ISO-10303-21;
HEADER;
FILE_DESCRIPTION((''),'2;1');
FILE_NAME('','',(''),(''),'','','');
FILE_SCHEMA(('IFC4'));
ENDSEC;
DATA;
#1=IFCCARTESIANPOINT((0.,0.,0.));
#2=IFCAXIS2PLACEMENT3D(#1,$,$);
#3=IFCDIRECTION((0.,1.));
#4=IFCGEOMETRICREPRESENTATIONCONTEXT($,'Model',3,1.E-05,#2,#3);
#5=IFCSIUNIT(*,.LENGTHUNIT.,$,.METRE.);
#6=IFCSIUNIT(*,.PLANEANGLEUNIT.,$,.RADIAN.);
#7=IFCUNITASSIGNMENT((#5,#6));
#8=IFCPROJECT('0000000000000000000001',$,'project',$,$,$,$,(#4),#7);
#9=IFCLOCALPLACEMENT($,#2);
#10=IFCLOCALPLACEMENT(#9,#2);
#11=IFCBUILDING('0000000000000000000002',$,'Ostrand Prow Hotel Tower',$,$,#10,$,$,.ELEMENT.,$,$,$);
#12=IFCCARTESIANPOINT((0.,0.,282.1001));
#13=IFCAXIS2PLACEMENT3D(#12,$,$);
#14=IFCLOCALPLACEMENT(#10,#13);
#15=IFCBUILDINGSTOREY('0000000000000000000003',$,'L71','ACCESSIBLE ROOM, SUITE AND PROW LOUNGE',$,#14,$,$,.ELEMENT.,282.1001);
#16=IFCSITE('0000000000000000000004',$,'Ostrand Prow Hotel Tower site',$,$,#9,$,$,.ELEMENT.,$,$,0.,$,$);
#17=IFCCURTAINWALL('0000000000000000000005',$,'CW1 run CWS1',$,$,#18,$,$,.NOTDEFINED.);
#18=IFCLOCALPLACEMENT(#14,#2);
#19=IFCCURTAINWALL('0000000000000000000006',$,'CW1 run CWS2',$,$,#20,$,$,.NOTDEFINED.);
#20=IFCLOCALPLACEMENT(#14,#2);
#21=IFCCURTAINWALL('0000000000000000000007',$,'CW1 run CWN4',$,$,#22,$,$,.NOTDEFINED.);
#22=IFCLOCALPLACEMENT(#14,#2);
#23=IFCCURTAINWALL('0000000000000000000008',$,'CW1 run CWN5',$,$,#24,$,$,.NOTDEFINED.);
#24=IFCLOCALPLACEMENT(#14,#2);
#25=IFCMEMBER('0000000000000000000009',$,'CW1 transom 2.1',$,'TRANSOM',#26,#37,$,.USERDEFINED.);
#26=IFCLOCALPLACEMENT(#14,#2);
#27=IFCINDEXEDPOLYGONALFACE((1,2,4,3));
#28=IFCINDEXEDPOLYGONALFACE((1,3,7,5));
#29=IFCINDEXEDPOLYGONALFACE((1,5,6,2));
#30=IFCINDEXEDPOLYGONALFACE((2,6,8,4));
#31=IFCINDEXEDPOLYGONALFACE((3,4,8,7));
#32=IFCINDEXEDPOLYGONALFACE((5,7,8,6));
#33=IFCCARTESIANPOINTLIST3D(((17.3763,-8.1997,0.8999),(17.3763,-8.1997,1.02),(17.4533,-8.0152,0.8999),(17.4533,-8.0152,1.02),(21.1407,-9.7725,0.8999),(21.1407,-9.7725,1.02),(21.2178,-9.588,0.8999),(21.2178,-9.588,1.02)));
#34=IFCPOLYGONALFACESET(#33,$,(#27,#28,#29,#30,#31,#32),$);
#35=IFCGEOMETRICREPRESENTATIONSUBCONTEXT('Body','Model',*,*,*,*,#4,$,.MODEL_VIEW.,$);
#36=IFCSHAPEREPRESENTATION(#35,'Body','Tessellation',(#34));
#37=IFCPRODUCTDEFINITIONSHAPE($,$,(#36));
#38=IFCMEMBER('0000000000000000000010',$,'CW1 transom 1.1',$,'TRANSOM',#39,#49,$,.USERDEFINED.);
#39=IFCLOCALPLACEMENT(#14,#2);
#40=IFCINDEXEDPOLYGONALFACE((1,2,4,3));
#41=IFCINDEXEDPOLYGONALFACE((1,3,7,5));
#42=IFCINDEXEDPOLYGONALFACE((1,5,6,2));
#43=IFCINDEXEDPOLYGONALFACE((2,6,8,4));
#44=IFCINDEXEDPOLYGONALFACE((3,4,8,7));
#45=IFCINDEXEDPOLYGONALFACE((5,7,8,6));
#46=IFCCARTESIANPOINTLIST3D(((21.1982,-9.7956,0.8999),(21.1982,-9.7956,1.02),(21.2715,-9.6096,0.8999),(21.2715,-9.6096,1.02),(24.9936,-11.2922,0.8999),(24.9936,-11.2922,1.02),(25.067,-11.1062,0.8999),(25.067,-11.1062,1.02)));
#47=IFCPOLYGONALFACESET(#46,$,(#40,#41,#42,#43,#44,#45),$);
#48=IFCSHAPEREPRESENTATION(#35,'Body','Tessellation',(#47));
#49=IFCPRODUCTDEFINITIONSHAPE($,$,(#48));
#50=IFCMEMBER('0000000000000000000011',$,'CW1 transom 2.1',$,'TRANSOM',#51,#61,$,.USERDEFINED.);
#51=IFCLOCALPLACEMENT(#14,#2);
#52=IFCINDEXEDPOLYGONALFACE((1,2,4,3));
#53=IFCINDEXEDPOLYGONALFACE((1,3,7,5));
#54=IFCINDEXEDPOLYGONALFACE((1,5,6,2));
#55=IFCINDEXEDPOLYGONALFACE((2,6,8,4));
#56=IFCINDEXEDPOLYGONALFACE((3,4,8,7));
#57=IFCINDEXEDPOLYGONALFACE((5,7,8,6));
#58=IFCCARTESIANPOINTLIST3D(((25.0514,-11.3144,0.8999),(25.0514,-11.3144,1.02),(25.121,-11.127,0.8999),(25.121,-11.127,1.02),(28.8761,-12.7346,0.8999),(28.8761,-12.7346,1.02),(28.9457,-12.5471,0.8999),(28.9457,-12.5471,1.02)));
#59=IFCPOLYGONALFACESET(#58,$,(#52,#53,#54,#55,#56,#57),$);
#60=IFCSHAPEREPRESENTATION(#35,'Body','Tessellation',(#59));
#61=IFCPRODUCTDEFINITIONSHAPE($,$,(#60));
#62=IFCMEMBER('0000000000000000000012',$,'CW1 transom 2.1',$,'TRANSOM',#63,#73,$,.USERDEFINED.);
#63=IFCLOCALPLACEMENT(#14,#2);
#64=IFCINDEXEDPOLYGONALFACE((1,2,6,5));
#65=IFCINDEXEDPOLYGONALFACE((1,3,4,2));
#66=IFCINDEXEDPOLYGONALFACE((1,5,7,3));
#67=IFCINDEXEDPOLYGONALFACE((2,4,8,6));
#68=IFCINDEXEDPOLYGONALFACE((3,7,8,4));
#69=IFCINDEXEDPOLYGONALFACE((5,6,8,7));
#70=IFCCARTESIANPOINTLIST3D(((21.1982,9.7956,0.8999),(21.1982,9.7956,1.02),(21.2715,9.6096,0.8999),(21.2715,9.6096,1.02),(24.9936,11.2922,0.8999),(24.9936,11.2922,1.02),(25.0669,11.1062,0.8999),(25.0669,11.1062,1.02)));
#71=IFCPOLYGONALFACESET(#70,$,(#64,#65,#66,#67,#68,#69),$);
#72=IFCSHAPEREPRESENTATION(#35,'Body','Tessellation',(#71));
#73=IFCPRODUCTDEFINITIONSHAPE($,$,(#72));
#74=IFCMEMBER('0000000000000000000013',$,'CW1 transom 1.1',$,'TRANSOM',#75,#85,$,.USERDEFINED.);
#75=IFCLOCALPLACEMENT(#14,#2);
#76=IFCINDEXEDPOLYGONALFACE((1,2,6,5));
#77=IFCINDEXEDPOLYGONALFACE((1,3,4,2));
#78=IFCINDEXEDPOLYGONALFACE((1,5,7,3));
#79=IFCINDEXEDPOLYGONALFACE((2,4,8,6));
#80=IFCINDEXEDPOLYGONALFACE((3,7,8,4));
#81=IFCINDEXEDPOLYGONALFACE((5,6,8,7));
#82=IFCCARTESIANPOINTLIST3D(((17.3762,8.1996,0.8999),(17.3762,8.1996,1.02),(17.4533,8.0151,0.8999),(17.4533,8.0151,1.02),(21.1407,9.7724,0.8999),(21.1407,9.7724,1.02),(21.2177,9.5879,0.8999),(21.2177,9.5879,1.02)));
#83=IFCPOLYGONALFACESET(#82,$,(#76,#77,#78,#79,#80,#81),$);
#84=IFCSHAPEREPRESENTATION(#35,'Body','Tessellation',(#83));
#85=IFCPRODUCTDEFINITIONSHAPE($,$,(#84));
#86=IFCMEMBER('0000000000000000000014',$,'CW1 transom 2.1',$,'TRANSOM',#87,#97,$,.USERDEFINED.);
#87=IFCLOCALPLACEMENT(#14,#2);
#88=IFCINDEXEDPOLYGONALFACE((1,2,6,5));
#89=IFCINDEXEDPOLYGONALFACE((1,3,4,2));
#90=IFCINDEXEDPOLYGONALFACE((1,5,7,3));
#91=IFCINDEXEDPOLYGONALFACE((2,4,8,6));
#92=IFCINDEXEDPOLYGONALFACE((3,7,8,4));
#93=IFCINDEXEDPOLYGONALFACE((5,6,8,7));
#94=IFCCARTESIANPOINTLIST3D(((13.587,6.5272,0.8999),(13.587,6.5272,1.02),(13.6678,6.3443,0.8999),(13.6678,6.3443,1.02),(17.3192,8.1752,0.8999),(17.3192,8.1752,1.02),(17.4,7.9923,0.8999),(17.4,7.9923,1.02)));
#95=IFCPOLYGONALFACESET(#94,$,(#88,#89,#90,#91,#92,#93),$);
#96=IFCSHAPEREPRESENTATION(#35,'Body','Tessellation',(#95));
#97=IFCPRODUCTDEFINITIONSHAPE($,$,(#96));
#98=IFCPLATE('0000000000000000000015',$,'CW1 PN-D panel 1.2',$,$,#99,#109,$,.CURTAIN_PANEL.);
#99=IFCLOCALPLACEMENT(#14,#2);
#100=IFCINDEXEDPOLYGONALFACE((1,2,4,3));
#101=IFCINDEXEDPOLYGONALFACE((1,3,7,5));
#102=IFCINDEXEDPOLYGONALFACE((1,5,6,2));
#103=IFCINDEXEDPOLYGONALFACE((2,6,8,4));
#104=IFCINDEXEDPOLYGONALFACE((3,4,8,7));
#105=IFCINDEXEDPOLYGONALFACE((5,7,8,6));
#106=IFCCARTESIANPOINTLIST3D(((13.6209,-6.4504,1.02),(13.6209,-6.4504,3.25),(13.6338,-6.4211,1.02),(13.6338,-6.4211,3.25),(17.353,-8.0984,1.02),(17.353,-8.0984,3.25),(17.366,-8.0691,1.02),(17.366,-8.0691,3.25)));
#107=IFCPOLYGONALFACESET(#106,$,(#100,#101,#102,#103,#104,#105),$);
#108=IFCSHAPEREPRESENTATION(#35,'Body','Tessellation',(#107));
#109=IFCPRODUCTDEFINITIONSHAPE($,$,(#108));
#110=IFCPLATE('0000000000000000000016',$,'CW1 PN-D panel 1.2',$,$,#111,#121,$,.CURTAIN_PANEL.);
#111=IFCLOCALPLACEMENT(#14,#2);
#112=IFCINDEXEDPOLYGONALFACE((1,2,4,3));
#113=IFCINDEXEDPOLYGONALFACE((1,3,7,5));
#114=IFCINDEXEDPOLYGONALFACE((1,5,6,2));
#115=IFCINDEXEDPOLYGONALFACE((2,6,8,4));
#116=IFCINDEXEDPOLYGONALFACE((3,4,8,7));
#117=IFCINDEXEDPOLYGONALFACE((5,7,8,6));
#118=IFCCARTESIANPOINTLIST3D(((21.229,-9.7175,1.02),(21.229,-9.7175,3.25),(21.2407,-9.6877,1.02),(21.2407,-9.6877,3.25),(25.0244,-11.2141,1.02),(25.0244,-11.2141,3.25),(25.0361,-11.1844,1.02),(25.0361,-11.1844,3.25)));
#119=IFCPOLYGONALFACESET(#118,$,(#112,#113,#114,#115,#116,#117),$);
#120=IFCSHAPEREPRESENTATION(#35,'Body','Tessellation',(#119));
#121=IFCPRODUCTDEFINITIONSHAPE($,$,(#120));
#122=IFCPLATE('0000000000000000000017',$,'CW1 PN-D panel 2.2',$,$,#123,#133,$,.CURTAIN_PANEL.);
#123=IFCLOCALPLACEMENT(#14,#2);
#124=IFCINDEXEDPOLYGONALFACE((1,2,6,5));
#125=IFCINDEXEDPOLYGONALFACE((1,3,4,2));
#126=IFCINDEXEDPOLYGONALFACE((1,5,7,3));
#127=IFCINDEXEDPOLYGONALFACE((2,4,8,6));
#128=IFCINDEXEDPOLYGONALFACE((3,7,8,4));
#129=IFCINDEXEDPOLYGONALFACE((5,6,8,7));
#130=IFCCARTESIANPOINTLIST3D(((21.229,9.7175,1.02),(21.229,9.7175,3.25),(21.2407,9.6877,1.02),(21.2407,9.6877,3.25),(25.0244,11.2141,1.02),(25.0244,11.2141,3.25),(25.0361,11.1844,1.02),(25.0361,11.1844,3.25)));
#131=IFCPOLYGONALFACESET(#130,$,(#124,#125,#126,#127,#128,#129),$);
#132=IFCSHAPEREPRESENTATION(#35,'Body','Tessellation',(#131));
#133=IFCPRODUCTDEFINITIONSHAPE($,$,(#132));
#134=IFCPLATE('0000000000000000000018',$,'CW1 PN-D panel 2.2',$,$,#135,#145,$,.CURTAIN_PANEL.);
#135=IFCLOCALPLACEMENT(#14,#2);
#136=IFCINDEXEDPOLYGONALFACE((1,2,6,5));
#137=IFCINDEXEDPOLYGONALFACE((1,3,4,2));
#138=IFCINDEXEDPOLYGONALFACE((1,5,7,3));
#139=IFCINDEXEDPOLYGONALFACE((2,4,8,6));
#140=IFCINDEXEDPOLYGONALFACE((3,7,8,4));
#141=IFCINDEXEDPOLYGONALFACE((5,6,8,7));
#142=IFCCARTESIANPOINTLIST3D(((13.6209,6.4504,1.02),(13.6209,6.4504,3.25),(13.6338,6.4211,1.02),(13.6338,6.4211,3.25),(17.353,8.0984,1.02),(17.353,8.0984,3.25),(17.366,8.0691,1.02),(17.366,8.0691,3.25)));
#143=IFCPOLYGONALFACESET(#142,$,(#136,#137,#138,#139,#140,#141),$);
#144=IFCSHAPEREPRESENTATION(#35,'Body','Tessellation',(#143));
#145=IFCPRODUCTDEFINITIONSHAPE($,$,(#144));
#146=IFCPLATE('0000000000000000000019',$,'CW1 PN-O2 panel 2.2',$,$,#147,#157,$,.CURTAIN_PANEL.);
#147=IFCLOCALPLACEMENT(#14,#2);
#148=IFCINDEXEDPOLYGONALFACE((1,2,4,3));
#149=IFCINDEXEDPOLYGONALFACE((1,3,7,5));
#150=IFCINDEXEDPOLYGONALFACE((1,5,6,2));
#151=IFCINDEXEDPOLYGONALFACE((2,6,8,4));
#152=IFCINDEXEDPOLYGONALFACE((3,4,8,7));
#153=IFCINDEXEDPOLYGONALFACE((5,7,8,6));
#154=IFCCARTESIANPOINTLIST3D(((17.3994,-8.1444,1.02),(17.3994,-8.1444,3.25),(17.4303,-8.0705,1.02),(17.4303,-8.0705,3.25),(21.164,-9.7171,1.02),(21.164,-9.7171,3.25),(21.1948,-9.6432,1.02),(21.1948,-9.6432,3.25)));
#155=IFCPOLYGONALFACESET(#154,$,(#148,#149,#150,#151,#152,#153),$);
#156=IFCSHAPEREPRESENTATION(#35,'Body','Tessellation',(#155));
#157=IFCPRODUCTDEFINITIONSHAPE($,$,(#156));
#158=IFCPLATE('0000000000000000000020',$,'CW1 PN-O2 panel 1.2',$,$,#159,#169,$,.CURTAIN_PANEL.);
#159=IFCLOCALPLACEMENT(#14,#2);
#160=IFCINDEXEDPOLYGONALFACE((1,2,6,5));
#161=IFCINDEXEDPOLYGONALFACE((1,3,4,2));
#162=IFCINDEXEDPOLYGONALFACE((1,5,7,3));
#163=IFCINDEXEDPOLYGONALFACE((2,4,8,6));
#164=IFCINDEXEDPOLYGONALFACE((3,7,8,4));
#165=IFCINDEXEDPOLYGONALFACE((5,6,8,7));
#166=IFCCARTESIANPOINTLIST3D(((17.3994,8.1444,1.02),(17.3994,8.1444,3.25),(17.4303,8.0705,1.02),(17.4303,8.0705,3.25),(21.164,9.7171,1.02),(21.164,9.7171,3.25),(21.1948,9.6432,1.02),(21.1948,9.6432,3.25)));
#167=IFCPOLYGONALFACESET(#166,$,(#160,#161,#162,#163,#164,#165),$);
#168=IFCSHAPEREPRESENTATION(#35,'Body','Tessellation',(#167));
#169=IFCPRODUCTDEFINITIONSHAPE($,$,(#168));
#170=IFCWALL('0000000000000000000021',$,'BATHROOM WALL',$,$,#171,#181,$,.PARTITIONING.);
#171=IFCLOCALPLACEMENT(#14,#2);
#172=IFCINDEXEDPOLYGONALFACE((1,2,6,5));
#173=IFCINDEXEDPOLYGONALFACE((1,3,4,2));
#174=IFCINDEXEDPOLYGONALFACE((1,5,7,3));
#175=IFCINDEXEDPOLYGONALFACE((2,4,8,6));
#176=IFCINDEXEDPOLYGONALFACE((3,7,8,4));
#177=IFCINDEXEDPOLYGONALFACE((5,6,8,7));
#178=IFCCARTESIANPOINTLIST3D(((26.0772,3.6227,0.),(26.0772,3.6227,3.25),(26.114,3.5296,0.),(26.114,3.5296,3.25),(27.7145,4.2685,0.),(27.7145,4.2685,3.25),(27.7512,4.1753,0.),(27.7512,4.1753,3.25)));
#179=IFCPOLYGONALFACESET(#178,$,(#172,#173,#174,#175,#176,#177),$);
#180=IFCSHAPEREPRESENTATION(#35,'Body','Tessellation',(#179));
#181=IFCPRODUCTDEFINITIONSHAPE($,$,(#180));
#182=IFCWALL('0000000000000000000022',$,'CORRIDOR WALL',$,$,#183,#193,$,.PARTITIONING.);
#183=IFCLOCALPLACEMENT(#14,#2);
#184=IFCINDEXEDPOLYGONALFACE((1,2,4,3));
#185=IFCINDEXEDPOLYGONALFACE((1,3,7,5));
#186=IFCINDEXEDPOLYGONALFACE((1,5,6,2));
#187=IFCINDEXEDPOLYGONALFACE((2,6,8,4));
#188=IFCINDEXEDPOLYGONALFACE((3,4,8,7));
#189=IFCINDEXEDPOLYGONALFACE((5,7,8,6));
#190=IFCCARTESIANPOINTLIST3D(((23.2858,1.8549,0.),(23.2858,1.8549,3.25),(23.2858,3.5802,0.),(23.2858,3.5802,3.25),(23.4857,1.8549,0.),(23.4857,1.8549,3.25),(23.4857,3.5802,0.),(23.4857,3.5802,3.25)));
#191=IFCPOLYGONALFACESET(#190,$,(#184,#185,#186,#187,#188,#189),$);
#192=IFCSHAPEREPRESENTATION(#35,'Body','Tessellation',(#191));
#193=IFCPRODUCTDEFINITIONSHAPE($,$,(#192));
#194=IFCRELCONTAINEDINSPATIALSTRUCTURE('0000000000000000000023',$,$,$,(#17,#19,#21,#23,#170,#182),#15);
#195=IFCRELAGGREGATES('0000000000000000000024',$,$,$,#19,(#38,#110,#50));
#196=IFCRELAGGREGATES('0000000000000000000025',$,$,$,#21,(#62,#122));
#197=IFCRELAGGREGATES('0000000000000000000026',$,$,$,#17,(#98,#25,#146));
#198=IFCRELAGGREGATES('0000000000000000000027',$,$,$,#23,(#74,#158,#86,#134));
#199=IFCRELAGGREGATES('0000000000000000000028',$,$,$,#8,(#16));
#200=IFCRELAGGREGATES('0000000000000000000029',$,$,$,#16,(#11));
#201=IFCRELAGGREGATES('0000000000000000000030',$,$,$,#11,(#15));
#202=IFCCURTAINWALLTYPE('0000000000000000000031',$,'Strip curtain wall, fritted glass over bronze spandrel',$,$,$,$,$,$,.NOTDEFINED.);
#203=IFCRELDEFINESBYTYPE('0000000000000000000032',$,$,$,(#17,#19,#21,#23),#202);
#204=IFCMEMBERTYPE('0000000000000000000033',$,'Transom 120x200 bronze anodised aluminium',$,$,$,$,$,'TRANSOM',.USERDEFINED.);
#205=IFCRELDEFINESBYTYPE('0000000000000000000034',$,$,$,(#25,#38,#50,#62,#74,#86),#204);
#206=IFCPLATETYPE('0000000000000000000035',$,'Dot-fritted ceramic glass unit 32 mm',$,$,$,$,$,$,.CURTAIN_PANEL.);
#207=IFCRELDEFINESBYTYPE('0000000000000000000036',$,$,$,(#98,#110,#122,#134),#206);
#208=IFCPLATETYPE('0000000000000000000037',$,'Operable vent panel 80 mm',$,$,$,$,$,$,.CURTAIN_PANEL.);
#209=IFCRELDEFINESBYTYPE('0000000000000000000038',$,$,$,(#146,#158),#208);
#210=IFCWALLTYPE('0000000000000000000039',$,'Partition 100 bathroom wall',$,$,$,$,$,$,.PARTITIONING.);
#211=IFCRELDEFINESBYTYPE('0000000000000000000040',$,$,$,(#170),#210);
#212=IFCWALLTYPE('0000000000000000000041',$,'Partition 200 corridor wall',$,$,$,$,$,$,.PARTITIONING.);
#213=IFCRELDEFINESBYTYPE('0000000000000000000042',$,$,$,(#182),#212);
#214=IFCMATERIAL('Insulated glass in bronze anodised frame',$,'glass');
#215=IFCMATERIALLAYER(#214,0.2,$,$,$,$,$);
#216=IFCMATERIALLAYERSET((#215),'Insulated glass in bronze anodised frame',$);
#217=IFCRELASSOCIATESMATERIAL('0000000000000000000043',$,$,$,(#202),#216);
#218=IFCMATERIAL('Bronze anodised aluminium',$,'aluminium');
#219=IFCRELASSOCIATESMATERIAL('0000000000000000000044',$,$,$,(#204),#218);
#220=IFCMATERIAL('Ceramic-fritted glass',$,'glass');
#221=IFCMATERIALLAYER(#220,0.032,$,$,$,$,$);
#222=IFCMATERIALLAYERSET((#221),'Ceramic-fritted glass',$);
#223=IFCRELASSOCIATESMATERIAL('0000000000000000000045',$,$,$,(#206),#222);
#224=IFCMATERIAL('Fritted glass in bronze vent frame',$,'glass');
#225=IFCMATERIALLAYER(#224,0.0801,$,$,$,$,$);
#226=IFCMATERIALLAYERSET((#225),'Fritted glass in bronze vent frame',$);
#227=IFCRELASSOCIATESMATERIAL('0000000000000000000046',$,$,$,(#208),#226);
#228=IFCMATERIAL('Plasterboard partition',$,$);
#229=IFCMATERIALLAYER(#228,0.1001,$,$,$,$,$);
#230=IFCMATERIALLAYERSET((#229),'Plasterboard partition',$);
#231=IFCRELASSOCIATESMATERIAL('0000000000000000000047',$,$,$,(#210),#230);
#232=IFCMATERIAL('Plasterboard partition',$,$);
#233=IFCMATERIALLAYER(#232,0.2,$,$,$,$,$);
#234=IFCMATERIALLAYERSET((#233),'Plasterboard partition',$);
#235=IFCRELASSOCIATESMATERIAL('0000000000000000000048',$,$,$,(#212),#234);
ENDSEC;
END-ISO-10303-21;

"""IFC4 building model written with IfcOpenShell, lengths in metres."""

from ifc_helpers import new_model, si_unit, direction, frame, frame_2d, origin, origin_2d, place, context, subcontext, project, spatial, rectangle, extrude, material, layer, layer_set, material_profile, profile_set, type_object, element, aggregate, save


model = new_model("IFC4")

# Units and contexts
model_context = context("Model", 3, precision=1e-05, world=origin(), true_north=direction((0.0, 1.0)))
body_context = subcontext(model_context, "Body", "Model", "MODEL_VIEW")
ifc_project = project(units=[si_unit("LENGTHUNIT", "METRE"), si_unit("PLANEANGLEUNIT", "RADIAN")], contexts=[model_context])

# Site, building, storey
site_placement = place(None, origin())
site = spatial("IfcSite", under=ifc_project, at=site_placement, Name="Ostrand Prow Hotel Tower site", CompositionType="ELEMENT", RefElevation=0.0)
building_placement = place(site_placement, origin())
building = spatial("IfcBuilding", under=site, at=building_placement, Name="Ostrand Prow Hotel Tower", CompositionType="ELEMENT")
storey_placement = place(building_placement, frame((0.0, 0.0, 282.1001)))
storey = spatial("IfcBuildingStorey", under=building, at=storey_placement, Name="L71", Description="ACCESSIBLE ROOM, SUITE AND PROW LOUNGE", CompositionType="ELEMENT", Elevation=282.1001)

# Curtain wall
ifc_material_1 = material(Name="Insulated glass in bronze anodised frame", Category="glass")
ifc_layer_1 = layer(ifc_material_1, 0.2)
ifc_layer_set_1 = layer_set([ifc_layer_1], Name="Insulated glass in bronze anodised frame")
curtain_wall_type = type_object("IfcCurtainWallType", Name="Strip curtain wall, fritted glass over bronze spandrel", PredefinedType="NOTDEFINED", material=ifc_layer_set_1)
curtain_wall_1_placement = place(storey_placement, origin())
curtain_wall_1 = element("IfcCurtainWall", 1, at=curtain_wall_1_placement, inside=storey, type_object=curtain_wall_type, Name="CW1 run CWS1", PredefinedType="NOTDEFINED")

# Curtain wall
curtain_wall_2_placement = place(storey_placement, origin())
curtain_wall_2 = element("IfcCurtainWall", 2, at=curtain_wall_2_placement, inside=storey, type_object=curtain_wall_type, Name="CW1 run CWS2", PredefinedType="NOTDEFINED")

# Curtain wall
curtain_wall_3_placement = place(storey_placement, origin())
curtain_wall_3 = element("IfcCurtainWall", 3, at=curtain_wall_3_placement, inside=storey, type_object=curtain_wall_type, Name="CW1 run CWN4", PredefinedType="NOTDEFINED")

# Curtain wall
curtain_wall_4_placement = place(storey_placement, origin())
curtain_wall_4 = element("IfcCurtainWall", 4, at=curtain_wall_4_placement, inside=storey, type_object=curtain_wall_type, Name="CW1 run CWN5", PredefinedType="NOTDEFINED")

# Members
ifc_material_2 = material(Name="Bronze anodised aluminium", Category="aluminium")
ifc_material_profile_1 = material_profile(ifc_material_2, rectangle(XDim=0.2, YDim=0.1201, at=origin_2d()), Name="Transom 120x200 bronze anodised aluminium")
ifc_profile_set_1 = profile_set([ifc_material_profile_1], Name="Bronze anodised aluminium")
member_type_1 = type_object("IfcMemberType", Name="Transom 120x200 bronze anodised aluminium", ElementType="TRANSOM", PredefinedType="USERDEFINED", material=ifc_profile_set_1)
member_1_placement = place(storey_placement, frame((17.4148, -8.1074, 0.96), z_axis=(0.922706, -0.385503, 0.0), x_axis=(0.385503, 0.922706, 0.0)))
member_1 = element("IfcMember", 5, at=member_1_placement, type_object=member_type_1, Name="CW1 transom 2.1", ObjectType="TRANSOM", PredefinedType="USERDEFINED", context=body_context, shape_type="SweptSolid", body=[
    extrude(rectangle(XDim=0.2, YDim=0.1201, at=origin_2d()), origin(), (0.0, 0.0, 1.0), 4.0798),
])
member_2_placement = place(storey_placement, frame((21.2349, -9.7026, 0.96), z_axis=(0.93029, -0.366826, 0.0), x_axis=(0.366826, 0.93029, 0.0)))
member_2 = element("IfcMember", 6, at=member_2_placement, type_object=member_type_1, Name="CW1 transom 1.1", ObjectType="TRANSOM", PredefinedType="USERDEFINED", context=body_context, shape_type="SweptSolid", body=[
    extrude(rectangle(XDim=0.2, YDim=0.1201, at=origin_2d()), origin(), (0.0, 0.0, 1.0), 4.0798),
])
member_3_placement = place(storey_placement, frame((25.0862, -11.2207, 0.96), z_axis=(0.93746, -0.348092, 0.0), x_axis=(0.348092, 0.93746, 0.0)))
member_3 = element("IfcMember", 7, at=member_3_placement, type_object=member_type_1, Name="CW1 transom 2.1", ObjectType="TRANSOM", PredefinedType="USERDEFINED", context=body_context, shape_type="SweptSolid", body=[
    extrude(rectangle(XDim=0.2, YDim=0.1201, at=origin_2d()), origin(), (0.0, 0.0, 1.0), 4.0798),
])
member_4_placement = place(storey_placement, frame((25.0303, 11.1992, 0.96), z_axis=(-0.93029, -0.366826, 0.0), x_axis=(0.366826, -0.93029, 0.0)))
member_4 = element("IfcMember", 8, at=member_4_placement, type_object=member_type_1, Name="CW1 transom 2.1", ObjectType="TRANSOM", PredefinedType="USERDEFINED", context=body_context, shape_type="SweptSolid", body=[
    extrude(rectangle(XDim=0.2, YDim=0.1201, at=origin_2d()), origin(), (0.0, 0.0, 1.0), 4.0798),
])
member_5_placement = place(storey_placement, frame((21.1792, 9.6802, 0.96), z_axis=(-0.922706, -0.385503, 0.0), x_axis=(0.385503, -0.922706, 0.0)))
member_5 = element("IfcMember", 9, at=member_5_placement, type_object=member_type_1, Name="CW1 transom 1.1", ObjectType="TRANSOM", PredefinedType="USERDEFINED", context=body_context, shape_type="SweptSolid", body=[
    extrude(rectangle(XDim=0.2, YDim=0.1201, at=origin_2d()), origin(), (0.0, 0.0, 1.0), 4.0798),
])
member_6_placement = place(storey_placement, frame((17.3596, 8.0837, 0.96), z_axis=(-0.914791, -0.403927, 0.0), x_axis=(0.403927, -0.914791, 0.0)))
member_6 = element("IfcMember", 10, at=member_6_placement, type_object=member_type_1, Name="CW1 transom 2.1", ObjectType="TRANSOM", PredefinedType="USERDEFINED", context=body_context, shape_type="SweptSolid", body=[
    extrude(rectangle(XDim=0.2, YDim=0.1201, at=origin_2d()), origin(), (0.0, 0.0, 1.0), 4.0798),
])

# Plates
ifc_material_3 = material(Name="Ceramic-fritted glass", Category="glass")
ifc_layer_2 = layer(ifc_material_3, 0.032)
ifc_layer_set_2 = layer_set([ifc_layer_2], Name="Ceramic-fritted glass")
plate_type_1 = type_object("IfcPlateType", Name="Dot-fritted ceramic glass unit 32 mm", PredefinedType="CURTAIN_PANEL", material=ifc_layer_set_2)
plate_1_placement = place(storey_placement, frame((15.4934, -7.2598, 1.02), z_axis=(0.0, 0.0, 1.0), x_axis=(0.914786, -0.40394, 0.0)))
plate_1 = element("IfcPlate", 11, at=plate_1_placement, type_object=plate_type_1, Name="CW1 PN-D panel 1.2", PredefinedType="CURTAIN_PANEL", context=body_context, shape_type="SweptSolid", body=[
    extrude(rectangle(XDim=4.0798, YDim=0.032, at=origin_2d()), origin(), (0.0, 0.0, 1.0), 2.23),
])
plate_2_placement = place(storey_placement, frame((23.1326, -10.4509, 1.02), z_axis=(0.0, 0.0, 1.0), x_axis=(0.930282, -0.366845, 0.0)))
plate_2 = element("IfcPlate", 12, at=plate_2_placement, type_object=plate_type_1, Name="CW1 PN-D panel 1.2", PredefinedType="CURTAIN_PANEL", context=body_context, shape_type="SweptSolid", body=[
    extrude(rectangle(XDim=4.0798, YDim=0.032, at=origin_2d()), origin(), (0.0, 0.0, 1.0), 2.23),
])
aggregate(curtain_wall_2, [member_2, plate_2, member_3])
plate_3_placement = place(storey_placement, frame((23.1326, 10.4509, 1.02), z_axis=(0.0, 0.0, 1.0), x_axis=(-0.930282, -0.366845, 0.0)))
plate_3 = element("IfcPlate", 13, at=plate_3_placement, type_object=plate_type_1, Name="CW1 PN-D panel 2.2", PredefinedType="CURTAIN_PANEL", context=body_context, shape_type="SweptSolid", body=[
    extrude(rectangle(XDim=4.0798, YDim=0.032, at=origin_2d()), origin(), (0.0, 0.0, 1.0), 2.23),
])
aggregate(curtain_wall_3, [member_4, plate_3])
plate_4_placement = place(storey_placement, frame((15.4934, 7.2598, 1.02), z_axis=(0.0, 0.0, 1.0), x_axis=(-0.914786, -0.40394, 0.0)))
plate_4 = element("IfcPlate", 14, at=plate_4_placement, type_object=plate_type_1, Name="CW1 PN-D panel 2.2", PredefinedType="CURTAIN_PANEL", context=body_context, shape_type="SweptSolid", body=[
    extrude(rectangle(XDim=4.0798, YDim=0.032, at=origin_2d()), origin(), (0.0, 0.0, 1.0), 2.23),
])
ifc_material_4 = material(Name="Fritted glass in bronze vent frame", Category="glass")
ifc_layer_3 = layer(ifc_material_4, 0.0801)
ifc_layer_set_3 = layer_set([ifc_layer_3], Name="Fritted glass in bronze vent frame")
plate_type_2 = type_object("IfcPlateType", Name="Operable vent panel 80 mm", PredefinedType="CURTAIN_PANEL", material=ifc_layer_set_3)
plate_5_placement = place(storey_placement, frame((19.2971, -8.8938, 1.02), z_axis=(0.0, 0.0, 1.0), x_axis=(0.92272, -0.385471, 0.0)))
plate_5 = element("IfcPlate", 15, at=plate_5_placement, type_object=plate_type_2, Name="CW1 PN-O2 panel 2.2", PredefinedType="CURTAIN_PANEL", context=body_context, shape_type="SweptSolid", body=[
    extrude(rectangle(XDim=4.0798, YDim=0.0801, at=origin_2d()), origin(), (0.0, 0.0, 1.0), 2.23),
])
aggregate(curtain_wall_1, [plate_1, member_1, plate_5])
plate_6_placement = place(storey_placement, frame((19.2971, 8.8938, 1.02), z_axis=(0.0, 0.0, 1.0), x_axis=(-0.92272, -0.385471, 0.0)))
plate_6 = element("IfcPlate", 16, at=plate_6_placement, type_object=plate_type_2, Name="CW1 PN-O2 panel 1.2", PredefinedType="CURTAIN_PANEL", context=body_context, shape_type="SweptSolid", body=[
    extrude(rectangle(XDim=4.0798, YDim=0.0801, at=origin_2d()), origin(), (0.0, 0.0, 1.0), 2.23),
])
aggregate(curtain_wall_4, [member_5, plate_6, member_6, plate_4])

# Walls
ifc_material_5 = material(Name="Plasterboard partition")
ifc_layer_4 = layer(ifc_material_5, 0.1001)
ifc_layer_set_4 = layer_set([ifc_layer_4], Name="Plasterboard partition")
wall_type_1 = type_object("IfcWallType", Name="Partition 100 bathroom wall", PredefinedType="PARTITIONING", material=ifc_layer_set_4)
wall_1_placement = place(storey_placement, frame((26.0957, 3.5762, 0.0), z_axis=(0.0, 0.0, 1.0), x_axis=(0.930255, 0.366914, 0.0)))
element("IfcWall", 17, at=wall_1_placement, inside=storey, type_object=wall_type_1, Name="BATHROOM WALL", PredefinedType="PARTITIONING", context=body_context, shape_type="SweptSolid", body=[
    extrude(rectangle(XDim=1.76, YDim=0.1001, at=frame_2d((0.8799, 0.0))), origin(), (0.0, 0.0, 1.0), 3.25),
])
ifc_material_6 = material(Name="Plasterboard partition")
ifc_layer_5 = layer(ifc_material_6, 0.2)
ifc_layer_set_5 = layer_set([ifc_layer_5], Name="Plasterboard partition")
wall_type_2 = type_object("IfcWallType", Name="Partition 200 corridor wall", PredefinedType="PARTITIONING", material=ifc_layer_set_5)
wall_2_placement = place(storey_placement, frame((23.3857, 3.5803, 0.0), z_axis=(0.0, 0.0, 1.0), x_axis=(0.0, -1.0, 0.0)))
element("IfcWall", 18, at=wall_2_placement, inside=storey, type_object=wall_type_2, Name="CORRIDOR WALL", PredefinedType="PARTITIONING", context=body_context, shape_type="SweptSolid", body=[
    extrude(rectangle(XDim=1.7253, YDim=0.2, at=frame_2d((0.8628, 0.0))), origin(), (0.0, 0.0, 1.0), 3.25),
])

save(model, "model.ifc")
